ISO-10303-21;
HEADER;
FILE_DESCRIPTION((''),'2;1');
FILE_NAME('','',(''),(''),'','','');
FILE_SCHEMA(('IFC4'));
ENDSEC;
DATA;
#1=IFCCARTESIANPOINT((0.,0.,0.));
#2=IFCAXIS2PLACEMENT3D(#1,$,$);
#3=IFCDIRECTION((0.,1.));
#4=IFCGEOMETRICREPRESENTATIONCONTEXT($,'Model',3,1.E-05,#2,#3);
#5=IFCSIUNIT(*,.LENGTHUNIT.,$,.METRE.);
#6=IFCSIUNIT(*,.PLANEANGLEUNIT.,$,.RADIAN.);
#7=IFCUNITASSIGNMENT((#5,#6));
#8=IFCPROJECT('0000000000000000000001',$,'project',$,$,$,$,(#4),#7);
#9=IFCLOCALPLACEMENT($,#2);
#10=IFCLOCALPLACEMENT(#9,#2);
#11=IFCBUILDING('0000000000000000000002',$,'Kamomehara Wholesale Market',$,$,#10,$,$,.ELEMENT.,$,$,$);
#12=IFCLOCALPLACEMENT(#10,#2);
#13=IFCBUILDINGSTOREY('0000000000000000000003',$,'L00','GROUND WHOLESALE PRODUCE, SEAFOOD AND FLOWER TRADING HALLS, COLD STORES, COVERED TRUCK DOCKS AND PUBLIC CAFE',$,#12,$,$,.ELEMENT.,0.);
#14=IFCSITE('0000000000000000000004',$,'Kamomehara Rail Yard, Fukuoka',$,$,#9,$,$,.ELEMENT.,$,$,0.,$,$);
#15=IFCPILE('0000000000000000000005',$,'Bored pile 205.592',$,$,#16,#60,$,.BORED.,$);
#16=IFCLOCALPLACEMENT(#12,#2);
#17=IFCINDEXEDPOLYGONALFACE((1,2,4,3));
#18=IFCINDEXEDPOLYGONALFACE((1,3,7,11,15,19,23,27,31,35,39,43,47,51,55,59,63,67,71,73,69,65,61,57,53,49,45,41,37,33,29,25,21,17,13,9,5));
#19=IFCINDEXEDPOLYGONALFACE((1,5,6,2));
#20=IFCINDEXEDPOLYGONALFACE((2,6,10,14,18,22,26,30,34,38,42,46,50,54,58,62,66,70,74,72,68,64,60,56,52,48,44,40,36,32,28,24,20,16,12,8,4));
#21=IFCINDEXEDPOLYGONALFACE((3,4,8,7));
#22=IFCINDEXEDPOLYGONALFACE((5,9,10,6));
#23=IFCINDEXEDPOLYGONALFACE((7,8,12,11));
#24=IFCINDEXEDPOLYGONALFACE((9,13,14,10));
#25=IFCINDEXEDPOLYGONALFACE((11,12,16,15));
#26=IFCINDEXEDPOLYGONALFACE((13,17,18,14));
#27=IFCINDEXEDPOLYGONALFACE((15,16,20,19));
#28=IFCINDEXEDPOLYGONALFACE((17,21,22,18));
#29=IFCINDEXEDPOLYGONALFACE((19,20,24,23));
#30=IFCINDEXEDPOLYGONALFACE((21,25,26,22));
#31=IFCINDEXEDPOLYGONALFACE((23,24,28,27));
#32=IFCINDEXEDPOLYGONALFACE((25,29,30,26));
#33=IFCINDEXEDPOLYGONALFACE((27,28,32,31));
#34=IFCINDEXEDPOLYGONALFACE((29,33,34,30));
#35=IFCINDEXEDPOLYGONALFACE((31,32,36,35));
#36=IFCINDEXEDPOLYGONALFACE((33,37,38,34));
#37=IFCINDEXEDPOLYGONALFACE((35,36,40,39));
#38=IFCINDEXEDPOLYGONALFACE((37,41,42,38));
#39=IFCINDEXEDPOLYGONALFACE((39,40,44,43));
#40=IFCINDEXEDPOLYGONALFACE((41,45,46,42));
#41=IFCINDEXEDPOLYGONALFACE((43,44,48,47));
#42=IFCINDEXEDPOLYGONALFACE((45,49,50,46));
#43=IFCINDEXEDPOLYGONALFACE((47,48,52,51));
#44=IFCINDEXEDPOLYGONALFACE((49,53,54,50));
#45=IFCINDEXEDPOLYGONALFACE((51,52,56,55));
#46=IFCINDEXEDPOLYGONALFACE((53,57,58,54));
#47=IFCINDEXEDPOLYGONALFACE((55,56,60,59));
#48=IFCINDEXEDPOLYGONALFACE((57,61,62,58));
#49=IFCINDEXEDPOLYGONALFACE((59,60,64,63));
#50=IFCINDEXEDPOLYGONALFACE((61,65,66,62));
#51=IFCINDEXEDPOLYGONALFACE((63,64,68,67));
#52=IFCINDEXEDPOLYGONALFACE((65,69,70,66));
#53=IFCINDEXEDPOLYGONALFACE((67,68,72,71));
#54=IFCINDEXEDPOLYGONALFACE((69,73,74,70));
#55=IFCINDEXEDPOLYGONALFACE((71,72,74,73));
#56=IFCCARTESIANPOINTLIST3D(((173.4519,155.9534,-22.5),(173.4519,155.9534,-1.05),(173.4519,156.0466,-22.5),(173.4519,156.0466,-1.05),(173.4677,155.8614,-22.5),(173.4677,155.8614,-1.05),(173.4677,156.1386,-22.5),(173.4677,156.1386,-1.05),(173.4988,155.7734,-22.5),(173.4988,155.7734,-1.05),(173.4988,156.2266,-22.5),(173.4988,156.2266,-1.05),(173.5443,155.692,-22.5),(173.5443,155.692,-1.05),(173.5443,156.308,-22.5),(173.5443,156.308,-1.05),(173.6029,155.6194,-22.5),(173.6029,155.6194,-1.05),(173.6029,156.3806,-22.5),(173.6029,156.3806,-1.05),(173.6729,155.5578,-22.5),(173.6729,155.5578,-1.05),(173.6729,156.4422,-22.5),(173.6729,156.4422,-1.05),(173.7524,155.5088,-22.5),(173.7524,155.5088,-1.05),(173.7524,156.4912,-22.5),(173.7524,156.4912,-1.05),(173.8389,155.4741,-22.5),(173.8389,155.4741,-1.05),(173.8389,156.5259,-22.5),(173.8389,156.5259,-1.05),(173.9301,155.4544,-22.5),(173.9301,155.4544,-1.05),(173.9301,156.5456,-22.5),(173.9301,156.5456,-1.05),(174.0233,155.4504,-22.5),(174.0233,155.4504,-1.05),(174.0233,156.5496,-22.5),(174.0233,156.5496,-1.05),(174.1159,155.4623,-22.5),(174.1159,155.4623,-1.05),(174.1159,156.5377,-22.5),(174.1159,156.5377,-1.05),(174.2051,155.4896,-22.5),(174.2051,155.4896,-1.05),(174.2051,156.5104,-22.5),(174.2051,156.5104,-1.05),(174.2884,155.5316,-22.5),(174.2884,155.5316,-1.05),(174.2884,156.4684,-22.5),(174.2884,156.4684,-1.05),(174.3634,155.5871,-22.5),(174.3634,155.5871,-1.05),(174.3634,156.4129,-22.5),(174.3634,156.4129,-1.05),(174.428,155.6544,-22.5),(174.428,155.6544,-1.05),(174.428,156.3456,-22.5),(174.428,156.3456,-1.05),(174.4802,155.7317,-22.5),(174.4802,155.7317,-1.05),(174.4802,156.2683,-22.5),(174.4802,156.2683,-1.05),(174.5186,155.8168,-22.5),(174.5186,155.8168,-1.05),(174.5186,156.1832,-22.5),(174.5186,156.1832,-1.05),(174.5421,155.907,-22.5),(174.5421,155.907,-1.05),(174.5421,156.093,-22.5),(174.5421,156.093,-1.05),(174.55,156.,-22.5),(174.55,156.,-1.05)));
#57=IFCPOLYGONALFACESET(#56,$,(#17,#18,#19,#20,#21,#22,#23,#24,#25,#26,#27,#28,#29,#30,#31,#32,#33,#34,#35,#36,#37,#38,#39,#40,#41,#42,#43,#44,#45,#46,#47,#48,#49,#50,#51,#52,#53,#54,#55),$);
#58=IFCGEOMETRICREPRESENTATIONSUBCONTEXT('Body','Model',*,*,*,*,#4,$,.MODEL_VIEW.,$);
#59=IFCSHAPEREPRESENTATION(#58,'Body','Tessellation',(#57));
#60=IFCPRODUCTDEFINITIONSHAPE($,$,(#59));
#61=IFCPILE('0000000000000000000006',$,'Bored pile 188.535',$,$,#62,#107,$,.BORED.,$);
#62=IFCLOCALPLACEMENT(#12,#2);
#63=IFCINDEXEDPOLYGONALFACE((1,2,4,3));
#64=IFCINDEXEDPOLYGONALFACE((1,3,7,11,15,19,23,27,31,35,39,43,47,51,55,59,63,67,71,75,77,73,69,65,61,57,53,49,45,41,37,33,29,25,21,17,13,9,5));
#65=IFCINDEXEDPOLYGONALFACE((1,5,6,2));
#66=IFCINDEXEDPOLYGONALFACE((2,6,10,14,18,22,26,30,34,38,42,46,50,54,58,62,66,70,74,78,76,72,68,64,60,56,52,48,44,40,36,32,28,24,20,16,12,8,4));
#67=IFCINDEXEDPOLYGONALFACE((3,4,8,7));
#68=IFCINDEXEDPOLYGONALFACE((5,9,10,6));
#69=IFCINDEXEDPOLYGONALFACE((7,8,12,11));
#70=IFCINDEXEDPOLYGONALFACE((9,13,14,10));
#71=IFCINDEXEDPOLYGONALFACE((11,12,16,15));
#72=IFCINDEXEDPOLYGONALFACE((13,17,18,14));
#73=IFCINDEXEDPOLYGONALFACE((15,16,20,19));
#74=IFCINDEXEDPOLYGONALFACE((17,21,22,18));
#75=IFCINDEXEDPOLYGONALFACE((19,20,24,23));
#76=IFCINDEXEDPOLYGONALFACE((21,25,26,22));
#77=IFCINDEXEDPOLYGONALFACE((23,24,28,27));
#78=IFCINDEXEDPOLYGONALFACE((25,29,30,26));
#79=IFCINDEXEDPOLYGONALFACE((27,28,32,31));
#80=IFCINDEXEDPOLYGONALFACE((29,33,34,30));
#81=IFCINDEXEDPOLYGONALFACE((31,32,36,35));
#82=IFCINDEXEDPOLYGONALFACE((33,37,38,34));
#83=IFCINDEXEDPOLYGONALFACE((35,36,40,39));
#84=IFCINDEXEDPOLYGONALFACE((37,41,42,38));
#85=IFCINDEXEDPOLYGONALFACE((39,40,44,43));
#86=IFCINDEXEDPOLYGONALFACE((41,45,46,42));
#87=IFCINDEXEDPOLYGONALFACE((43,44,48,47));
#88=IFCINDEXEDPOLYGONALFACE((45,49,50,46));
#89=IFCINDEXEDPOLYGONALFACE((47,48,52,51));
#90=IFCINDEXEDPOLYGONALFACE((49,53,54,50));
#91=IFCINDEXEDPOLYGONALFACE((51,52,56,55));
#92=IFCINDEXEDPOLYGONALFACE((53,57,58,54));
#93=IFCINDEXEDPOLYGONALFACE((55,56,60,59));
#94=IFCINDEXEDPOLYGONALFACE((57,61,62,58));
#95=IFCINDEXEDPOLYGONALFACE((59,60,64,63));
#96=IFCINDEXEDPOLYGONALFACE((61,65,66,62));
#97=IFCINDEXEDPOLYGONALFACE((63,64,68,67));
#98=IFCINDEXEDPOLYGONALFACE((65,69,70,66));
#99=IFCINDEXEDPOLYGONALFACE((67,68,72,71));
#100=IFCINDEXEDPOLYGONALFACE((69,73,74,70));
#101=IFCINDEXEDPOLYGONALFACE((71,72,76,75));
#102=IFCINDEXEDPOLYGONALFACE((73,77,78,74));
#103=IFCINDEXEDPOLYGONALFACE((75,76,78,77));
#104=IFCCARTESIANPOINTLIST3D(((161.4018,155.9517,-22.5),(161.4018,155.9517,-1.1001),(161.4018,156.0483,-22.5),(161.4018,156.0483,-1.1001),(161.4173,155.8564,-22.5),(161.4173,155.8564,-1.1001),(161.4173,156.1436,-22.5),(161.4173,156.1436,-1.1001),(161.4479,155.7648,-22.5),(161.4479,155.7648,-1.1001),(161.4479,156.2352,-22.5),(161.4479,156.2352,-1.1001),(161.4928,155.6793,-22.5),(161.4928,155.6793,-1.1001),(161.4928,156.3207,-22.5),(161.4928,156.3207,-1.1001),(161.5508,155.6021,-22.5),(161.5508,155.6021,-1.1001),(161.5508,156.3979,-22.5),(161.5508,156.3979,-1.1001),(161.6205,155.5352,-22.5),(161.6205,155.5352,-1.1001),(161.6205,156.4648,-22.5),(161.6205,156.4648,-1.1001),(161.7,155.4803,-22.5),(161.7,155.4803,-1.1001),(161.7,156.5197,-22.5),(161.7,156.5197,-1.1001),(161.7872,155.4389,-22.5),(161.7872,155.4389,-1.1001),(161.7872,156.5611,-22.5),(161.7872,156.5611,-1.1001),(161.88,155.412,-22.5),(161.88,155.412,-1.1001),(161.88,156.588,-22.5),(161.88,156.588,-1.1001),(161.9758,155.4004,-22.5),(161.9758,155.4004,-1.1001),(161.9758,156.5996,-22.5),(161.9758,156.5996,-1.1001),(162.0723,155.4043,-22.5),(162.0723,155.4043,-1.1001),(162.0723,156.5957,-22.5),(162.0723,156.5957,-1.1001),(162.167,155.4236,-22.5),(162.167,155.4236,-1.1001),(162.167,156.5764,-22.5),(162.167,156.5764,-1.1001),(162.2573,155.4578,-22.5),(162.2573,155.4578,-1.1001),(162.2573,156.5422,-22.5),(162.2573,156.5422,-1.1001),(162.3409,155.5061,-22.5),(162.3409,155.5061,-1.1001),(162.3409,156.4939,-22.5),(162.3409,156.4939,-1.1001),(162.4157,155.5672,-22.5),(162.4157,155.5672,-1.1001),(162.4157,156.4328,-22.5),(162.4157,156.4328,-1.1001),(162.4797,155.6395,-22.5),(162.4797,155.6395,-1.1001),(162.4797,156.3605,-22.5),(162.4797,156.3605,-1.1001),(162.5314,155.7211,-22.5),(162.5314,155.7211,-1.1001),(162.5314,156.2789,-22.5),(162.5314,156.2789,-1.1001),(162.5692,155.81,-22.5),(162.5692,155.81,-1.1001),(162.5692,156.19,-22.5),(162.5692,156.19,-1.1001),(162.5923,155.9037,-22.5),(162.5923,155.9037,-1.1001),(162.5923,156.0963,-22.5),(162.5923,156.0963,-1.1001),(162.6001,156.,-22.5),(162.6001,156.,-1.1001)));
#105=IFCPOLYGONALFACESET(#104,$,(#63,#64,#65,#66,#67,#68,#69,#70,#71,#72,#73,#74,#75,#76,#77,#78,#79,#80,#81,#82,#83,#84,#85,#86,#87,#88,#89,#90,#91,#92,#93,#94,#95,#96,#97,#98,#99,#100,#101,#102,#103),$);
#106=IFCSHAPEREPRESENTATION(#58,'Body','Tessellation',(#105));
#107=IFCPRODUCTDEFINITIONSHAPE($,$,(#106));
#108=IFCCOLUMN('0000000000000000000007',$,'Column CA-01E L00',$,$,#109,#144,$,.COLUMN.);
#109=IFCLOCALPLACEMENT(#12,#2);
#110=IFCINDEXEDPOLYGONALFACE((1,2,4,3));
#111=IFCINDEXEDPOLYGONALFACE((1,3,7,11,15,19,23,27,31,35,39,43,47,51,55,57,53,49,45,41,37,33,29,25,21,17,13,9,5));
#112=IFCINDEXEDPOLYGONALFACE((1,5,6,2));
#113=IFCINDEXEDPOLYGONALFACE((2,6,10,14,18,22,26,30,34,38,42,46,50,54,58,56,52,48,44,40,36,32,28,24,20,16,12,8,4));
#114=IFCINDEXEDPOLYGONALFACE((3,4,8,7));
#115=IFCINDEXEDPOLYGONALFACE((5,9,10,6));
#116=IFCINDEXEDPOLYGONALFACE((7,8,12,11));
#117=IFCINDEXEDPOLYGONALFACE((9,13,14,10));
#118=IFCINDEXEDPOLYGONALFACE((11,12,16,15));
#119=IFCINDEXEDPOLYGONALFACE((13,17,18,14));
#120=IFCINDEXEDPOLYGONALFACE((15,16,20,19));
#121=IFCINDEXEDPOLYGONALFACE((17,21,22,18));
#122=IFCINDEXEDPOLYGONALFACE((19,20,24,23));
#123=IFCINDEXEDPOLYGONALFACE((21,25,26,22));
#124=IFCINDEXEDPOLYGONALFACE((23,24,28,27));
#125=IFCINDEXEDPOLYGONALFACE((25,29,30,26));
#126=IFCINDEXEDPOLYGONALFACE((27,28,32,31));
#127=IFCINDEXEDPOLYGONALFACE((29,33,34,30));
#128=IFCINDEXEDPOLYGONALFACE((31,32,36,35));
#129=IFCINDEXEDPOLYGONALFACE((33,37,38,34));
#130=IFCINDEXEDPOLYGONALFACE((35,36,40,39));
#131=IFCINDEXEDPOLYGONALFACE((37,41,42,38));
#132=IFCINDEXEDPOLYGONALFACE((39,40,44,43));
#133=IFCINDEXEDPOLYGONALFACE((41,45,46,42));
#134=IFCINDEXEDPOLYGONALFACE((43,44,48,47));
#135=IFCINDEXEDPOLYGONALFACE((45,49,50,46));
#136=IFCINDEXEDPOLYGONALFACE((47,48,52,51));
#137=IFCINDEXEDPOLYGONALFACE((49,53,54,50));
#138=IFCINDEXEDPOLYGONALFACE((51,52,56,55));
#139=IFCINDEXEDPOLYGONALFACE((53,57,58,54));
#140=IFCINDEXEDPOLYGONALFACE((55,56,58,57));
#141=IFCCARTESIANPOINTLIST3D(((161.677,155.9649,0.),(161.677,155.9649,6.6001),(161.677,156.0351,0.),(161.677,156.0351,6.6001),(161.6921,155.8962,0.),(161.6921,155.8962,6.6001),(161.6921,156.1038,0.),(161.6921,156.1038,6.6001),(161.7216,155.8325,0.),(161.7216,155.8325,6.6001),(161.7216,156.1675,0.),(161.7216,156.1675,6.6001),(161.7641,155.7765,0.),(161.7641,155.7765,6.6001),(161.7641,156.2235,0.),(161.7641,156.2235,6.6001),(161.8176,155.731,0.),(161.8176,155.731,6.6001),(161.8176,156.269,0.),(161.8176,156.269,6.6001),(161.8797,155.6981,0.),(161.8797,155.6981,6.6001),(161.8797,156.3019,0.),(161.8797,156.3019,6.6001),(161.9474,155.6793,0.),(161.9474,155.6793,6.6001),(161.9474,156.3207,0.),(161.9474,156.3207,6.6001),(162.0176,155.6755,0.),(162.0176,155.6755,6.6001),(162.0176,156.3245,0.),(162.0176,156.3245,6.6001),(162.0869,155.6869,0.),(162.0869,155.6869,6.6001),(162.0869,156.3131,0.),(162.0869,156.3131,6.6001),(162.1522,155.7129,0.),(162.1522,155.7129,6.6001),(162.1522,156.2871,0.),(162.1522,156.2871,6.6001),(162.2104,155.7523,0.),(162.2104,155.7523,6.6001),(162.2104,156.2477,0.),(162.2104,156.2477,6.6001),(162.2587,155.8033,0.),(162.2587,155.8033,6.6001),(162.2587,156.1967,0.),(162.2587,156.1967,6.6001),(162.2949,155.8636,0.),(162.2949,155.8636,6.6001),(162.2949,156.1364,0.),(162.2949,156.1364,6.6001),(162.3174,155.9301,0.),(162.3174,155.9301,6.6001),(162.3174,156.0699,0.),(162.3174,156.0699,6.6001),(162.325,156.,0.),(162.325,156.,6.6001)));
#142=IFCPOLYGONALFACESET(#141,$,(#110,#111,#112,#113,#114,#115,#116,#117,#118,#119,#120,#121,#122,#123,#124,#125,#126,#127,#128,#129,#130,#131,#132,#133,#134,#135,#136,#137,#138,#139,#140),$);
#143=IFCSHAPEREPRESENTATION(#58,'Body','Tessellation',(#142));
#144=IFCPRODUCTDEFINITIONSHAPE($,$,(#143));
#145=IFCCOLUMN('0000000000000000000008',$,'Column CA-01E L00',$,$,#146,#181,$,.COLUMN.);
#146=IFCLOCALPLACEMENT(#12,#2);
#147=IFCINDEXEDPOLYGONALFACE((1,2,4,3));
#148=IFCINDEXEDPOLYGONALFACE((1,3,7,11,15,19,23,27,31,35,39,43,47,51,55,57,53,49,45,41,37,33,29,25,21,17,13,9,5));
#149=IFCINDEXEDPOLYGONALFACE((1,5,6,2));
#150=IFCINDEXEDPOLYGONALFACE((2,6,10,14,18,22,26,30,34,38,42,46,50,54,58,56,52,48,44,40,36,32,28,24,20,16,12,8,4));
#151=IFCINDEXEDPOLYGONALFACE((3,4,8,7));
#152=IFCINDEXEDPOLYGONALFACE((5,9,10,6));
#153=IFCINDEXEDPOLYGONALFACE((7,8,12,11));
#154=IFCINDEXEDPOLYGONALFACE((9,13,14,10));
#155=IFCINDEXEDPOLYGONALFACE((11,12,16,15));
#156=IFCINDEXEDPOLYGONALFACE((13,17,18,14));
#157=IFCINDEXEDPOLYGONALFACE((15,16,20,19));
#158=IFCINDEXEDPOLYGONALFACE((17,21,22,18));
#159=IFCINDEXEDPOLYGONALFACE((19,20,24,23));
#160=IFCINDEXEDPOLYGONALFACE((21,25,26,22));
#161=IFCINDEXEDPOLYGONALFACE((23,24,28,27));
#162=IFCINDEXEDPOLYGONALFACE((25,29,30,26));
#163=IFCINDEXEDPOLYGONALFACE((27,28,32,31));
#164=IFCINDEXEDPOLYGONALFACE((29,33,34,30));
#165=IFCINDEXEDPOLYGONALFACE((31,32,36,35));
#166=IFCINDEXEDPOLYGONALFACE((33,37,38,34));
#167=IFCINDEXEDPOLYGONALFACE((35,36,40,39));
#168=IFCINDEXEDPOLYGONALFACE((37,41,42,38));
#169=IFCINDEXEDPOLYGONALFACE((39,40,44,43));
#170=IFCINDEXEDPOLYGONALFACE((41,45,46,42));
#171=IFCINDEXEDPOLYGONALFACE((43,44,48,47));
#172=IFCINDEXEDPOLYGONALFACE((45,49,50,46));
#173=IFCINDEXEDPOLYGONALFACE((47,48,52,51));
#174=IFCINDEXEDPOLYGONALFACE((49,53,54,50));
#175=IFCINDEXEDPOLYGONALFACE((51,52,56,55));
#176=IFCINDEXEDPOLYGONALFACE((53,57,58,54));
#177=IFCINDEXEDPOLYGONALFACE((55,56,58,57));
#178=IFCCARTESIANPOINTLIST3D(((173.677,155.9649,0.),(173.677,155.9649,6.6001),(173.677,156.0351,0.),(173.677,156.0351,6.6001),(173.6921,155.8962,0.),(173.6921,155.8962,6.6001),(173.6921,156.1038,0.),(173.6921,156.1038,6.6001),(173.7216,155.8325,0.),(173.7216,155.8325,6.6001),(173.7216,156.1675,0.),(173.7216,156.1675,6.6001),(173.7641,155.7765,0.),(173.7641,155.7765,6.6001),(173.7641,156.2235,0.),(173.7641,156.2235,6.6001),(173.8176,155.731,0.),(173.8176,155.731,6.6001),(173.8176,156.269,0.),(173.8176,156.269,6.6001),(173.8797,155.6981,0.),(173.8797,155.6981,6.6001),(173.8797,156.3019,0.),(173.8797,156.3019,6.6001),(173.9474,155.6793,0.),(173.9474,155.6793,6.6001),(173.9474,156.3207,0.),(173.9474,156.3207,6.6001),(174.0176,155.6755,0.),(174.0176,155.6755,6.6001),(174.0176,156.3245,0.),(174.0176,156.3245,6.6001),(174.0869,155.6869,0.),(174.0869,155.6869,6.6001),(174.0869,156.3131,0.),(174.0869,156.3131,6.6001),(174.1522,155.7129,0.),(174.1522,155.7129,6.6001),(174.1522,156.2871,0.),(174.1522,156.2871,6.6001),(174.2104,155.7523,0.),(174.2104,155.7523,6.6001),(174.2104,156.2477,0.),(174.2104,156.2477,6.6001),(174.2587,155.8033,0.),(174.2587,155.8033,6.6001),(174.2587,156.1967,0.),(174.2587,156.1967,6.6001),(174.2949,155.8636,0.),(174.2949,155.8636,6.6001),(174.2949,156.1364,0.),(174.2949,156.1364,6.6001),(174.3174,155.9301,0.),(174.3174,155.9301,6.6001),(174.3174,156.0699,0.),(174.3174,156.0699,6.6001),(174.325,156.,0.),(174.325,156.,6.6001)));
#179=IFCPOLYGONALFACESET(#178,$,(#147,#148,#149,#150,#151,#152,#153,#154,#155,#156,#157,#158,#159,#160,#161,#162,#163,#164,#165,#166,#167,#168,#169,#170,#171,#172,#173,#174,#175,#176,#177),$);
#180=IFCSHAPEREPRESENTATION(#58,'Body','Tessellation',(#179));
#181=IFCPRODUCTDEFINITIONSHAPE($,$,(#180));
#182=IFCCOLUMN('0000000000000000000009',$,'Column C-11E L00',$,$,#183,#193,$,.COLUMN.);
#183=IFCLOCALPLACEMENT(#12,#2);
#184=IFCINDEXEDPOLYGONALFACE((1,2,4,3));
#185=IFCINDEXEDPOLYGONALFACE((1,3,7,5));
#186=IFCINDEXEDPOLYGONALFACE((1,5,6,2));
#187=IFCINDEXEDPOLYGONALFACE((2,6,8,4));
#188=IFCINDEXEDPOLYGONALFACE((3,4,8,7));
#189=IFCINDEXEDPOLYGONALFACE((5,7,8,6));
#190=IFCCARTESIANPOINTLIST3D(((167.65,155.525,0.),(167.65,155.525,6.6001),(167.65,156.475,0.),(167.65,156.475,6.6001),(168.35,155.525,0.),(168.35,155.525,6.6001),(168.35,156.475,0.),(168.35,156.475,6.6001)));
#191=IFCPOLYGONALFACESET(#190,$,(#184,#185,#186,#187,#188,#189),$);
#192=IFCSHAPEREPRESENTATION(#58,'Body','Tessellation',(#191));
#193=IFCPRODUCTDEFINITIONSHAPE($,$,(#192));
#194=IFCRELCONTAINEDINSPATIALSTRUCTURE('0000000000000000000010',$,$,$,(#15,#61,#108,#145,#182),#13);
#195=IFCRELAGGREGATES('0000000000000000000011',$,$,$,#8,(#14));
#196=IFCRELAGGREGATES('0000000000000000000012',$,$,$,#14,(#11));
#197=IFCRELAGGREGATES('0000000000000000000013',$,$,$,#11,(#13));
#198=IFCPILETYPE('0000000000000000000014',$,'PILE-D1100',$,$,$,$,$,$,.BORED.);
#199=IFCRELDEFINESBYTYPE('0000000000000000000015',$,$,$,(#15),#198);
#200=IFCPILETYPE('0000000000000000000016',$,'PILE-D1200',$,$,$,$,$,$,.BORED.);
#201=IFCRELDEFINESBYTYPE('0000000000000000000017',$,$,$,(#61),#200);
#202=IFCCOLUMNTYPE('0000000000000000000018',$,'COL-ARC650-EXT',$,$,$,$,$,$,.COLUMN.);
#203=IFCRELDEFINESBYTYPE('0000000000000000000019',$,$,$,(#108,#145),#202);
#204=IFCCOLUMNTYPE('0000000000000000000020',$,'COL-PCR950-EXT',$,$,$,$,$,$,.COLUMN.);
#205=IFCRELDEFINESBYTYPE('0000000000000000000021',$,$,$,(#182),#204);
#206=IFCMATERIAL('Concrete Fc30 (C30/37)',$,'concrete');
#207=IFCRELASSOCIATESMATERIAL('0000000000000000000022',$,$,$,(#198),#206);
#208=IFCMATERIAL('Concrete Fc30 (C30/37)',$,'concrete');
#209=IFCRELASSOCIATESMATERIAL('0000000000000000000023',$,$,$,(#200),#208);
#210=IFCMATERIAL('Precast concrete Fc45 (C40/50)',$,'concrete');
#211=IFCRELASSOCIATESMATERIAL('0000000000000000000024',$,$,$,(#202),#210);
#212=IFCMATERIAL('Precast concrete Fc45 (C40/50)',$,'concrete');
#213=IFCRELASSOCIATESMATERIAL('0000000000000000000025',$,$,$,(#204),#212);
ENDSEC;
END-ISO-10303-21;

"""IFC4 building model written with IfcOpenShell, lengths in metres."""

from ifc_helpers import new_model, si_unit, direction, frame, origin, origin_2d, place, context, subcontext, project, spatial, rectangle, circle, extrude, material, material_profile, profile_set, type_object, element, save


model = new_model("IFC4")

# Units and contexts
model_context = context("Model", 3, precision=1e-05, world=origin(), true_north=direction((0.0, 1.0)))
body_context = subcontext(model_context, "Body", "Model", "MODEL_VIEW")
ifc_project = project(units=[si_unit("LENGTHUNIT", "METRE"), si_unit("PLANEANGLEUNIT", "RADIAN")], contexts=[model_context])

# Site, building, storey
site_placement = place(None, origin())
site = spatial("IfcSite", under=ifc_project, at=site_placement, Name="Kamomehara Rail Yard, Fukuoka", CompositionType="ELEMENT", RefElevation=0.0)
building_placement = place(site_placement, origin())
building = spatial("IfcBuilding", under=site, at=building_placement, Name="Kamomehara Wholesale Market", CompositionType="ELEMENT")
storey_placement = place(building_placement, origin())
storey = spatial("IfcBuildingStorey", under=building, at=storey_placement, Name="L00", Description="GROUND WHOLESALE PRODUCE, SEAFOOD AND FLOWER TRADING HALLS, COLD STORES, COVERED TRUCK DOCKS AND PUBLIC CAFE", CompositionType="ELEMENT", Elevation=0.0)

# Piles
ifc_material_1 = material(Name="Concrete Fc30 (C30/37)", Category="concrete")
ifc_material_profile_1 = material_profile(ifc_material_1, circle(Radius=0.55, at=origin_2d()), Name="RC-PILE-D1100")
ifc_profile_set_1 = profile_set([ifc_material_profile_1], Name="Concrete Fc30 (C30/37)")
pile_type_1 = type_object("IfcPileType", Name="PILE-D1100", PredefinedType="BORED", material=ifc_profile_set_1)
pile_1_placement = place(storey_placement, frame((174.0, 156.0, -1.05), z_axis=(0.0, 0.0, -1.0), x_axis=(1.0, 0.0, 0.0)))
element("IfcPile", 1, at=pile_1_placement, inside=storey, type_object=pile_type_1, Name="Bored pile 205.592", PredefinedType="BORED", context=body_context, shape_type="SweptSolid", body=[
    extrude(circle(Radius=0.55, at=origin_2d()), origin(), (0.0, 0.0, 1.0), 21.45),
])
ifc_material_2 = material(Name="Concrete Fc30 (C30/37)", Category="concrete")
ifc_material_profile_2 = material_profile(ifc_material_2, circle(Radius=0.6001, at=origin_2d()), Name="RC-PILE-D1200")
ifc_profile_set_2 = profile_set([ifc_material_profile_2], Name="Concrete Fc30 (C30/37)")
pile_type_2 = type_object("IfcPileType", Name="PILE-D1200", PredefinedType="BORED", material=ifc_profile_set_2)
pile_2_placement = place(storey_placement, frame((162.0, 156.0, -1.1001), z_axis=(0.0, 0.0, -1.0), x_axis=(1.0, 0.0, 0.0)))
element("IfcPile", 2, at=pile_2_placement, inside=storey, type_object=pile_type_2, Name="Bored pile 188.535", PredefinedType="BORED", context=body_context, shape_type="SweptSolid", body=[
    extrude(circle(Radius=0.6001, at=origin_2d()), origin(), (0.0, 0.0, 1.0), 21.3999),
])

# Columns
ifc_material_3 = material(Name="Precast concrete Fc45 (C40/50)", Category="concrete")
ifc_material_profile_3 = material_profile(ifc_material_3, circle(Radius=0.325, at=origin_2d()), Name="PC-ARC-D650")
ifc_profile_set_3 = profile_set([ifc_material_profile_3], Name="Precast concrete Fc45 (C40/50)")
column_type_1 = type_object("IfcColumnType", Name="COL-ARC650-EXT", PredefinedType="COLUMN", material=ifc_profile_set_3)
for number, where, z_axis, x_axis, name in (
    (3, (162.0, 156.0, 0.0), (0.0, 0.0, 1.0), (1.0, 0.0, 0.0), "Column CA-01E L00"),
    (4, (174.0, 156.0, 0.0), (0.0, 0.0, 1.0), (1.0, 0.0, 0.0), "Column CA-01E L00"),
):
    element("IfcColumn", number, at=place(storey_placement, frame(where, z_axis=z_axis, x_axis=x_axis)), inside=storey, type_object=column_type_1, Name=name, PredefinedType="COLUMN", context=body_context, shape_type="SweptSolid", body=[
        extrude(circle(Radius=0.325, at=origin_2d()), origin(), (0.0, 0.0, 1.0), 6.6001),
    ])
ifc_material_4 = material(Name="Precast concrete Fc45 (C40/50)", Category="concrete")
ifc_material_profile_4 = material_profile(ifc_material_4, rectangle(XDim=0.7, YDim=0.95, at=origin_2d()), Name="PC-COL-700x950")
ifc_profile_set_4 = profile_set([ifc_material_profile_4], Name="Precast concrete Fc45 (C40/50)")
column_type_2 = type_object("IfcColumnType", Name="COL-PCR950-EXT", PredefinedType="COLUMN", material=ifc_profile_set_4)
column_placement = place(storey_placement, frame((168.0, 156.0, 0.0), z_axis=(0.0, 0.0, 1.0), x_axis=(1.0, 0.0, 0.0)))
element("IfcColumn", 5, at=column_placement, inside=storey, type_object=column_type_2, Name="Column C-11E L00", PredefinedType="COLUMN", context=body_context, shape_type="SweptSolid", body=[
    extrude(rectangle(XDim=0.7, YDim=0.95, at=origin_2d()), origin(), (0.0, 0.0, 1.0), 6.6001),
])

save(model, "model.ifc")
